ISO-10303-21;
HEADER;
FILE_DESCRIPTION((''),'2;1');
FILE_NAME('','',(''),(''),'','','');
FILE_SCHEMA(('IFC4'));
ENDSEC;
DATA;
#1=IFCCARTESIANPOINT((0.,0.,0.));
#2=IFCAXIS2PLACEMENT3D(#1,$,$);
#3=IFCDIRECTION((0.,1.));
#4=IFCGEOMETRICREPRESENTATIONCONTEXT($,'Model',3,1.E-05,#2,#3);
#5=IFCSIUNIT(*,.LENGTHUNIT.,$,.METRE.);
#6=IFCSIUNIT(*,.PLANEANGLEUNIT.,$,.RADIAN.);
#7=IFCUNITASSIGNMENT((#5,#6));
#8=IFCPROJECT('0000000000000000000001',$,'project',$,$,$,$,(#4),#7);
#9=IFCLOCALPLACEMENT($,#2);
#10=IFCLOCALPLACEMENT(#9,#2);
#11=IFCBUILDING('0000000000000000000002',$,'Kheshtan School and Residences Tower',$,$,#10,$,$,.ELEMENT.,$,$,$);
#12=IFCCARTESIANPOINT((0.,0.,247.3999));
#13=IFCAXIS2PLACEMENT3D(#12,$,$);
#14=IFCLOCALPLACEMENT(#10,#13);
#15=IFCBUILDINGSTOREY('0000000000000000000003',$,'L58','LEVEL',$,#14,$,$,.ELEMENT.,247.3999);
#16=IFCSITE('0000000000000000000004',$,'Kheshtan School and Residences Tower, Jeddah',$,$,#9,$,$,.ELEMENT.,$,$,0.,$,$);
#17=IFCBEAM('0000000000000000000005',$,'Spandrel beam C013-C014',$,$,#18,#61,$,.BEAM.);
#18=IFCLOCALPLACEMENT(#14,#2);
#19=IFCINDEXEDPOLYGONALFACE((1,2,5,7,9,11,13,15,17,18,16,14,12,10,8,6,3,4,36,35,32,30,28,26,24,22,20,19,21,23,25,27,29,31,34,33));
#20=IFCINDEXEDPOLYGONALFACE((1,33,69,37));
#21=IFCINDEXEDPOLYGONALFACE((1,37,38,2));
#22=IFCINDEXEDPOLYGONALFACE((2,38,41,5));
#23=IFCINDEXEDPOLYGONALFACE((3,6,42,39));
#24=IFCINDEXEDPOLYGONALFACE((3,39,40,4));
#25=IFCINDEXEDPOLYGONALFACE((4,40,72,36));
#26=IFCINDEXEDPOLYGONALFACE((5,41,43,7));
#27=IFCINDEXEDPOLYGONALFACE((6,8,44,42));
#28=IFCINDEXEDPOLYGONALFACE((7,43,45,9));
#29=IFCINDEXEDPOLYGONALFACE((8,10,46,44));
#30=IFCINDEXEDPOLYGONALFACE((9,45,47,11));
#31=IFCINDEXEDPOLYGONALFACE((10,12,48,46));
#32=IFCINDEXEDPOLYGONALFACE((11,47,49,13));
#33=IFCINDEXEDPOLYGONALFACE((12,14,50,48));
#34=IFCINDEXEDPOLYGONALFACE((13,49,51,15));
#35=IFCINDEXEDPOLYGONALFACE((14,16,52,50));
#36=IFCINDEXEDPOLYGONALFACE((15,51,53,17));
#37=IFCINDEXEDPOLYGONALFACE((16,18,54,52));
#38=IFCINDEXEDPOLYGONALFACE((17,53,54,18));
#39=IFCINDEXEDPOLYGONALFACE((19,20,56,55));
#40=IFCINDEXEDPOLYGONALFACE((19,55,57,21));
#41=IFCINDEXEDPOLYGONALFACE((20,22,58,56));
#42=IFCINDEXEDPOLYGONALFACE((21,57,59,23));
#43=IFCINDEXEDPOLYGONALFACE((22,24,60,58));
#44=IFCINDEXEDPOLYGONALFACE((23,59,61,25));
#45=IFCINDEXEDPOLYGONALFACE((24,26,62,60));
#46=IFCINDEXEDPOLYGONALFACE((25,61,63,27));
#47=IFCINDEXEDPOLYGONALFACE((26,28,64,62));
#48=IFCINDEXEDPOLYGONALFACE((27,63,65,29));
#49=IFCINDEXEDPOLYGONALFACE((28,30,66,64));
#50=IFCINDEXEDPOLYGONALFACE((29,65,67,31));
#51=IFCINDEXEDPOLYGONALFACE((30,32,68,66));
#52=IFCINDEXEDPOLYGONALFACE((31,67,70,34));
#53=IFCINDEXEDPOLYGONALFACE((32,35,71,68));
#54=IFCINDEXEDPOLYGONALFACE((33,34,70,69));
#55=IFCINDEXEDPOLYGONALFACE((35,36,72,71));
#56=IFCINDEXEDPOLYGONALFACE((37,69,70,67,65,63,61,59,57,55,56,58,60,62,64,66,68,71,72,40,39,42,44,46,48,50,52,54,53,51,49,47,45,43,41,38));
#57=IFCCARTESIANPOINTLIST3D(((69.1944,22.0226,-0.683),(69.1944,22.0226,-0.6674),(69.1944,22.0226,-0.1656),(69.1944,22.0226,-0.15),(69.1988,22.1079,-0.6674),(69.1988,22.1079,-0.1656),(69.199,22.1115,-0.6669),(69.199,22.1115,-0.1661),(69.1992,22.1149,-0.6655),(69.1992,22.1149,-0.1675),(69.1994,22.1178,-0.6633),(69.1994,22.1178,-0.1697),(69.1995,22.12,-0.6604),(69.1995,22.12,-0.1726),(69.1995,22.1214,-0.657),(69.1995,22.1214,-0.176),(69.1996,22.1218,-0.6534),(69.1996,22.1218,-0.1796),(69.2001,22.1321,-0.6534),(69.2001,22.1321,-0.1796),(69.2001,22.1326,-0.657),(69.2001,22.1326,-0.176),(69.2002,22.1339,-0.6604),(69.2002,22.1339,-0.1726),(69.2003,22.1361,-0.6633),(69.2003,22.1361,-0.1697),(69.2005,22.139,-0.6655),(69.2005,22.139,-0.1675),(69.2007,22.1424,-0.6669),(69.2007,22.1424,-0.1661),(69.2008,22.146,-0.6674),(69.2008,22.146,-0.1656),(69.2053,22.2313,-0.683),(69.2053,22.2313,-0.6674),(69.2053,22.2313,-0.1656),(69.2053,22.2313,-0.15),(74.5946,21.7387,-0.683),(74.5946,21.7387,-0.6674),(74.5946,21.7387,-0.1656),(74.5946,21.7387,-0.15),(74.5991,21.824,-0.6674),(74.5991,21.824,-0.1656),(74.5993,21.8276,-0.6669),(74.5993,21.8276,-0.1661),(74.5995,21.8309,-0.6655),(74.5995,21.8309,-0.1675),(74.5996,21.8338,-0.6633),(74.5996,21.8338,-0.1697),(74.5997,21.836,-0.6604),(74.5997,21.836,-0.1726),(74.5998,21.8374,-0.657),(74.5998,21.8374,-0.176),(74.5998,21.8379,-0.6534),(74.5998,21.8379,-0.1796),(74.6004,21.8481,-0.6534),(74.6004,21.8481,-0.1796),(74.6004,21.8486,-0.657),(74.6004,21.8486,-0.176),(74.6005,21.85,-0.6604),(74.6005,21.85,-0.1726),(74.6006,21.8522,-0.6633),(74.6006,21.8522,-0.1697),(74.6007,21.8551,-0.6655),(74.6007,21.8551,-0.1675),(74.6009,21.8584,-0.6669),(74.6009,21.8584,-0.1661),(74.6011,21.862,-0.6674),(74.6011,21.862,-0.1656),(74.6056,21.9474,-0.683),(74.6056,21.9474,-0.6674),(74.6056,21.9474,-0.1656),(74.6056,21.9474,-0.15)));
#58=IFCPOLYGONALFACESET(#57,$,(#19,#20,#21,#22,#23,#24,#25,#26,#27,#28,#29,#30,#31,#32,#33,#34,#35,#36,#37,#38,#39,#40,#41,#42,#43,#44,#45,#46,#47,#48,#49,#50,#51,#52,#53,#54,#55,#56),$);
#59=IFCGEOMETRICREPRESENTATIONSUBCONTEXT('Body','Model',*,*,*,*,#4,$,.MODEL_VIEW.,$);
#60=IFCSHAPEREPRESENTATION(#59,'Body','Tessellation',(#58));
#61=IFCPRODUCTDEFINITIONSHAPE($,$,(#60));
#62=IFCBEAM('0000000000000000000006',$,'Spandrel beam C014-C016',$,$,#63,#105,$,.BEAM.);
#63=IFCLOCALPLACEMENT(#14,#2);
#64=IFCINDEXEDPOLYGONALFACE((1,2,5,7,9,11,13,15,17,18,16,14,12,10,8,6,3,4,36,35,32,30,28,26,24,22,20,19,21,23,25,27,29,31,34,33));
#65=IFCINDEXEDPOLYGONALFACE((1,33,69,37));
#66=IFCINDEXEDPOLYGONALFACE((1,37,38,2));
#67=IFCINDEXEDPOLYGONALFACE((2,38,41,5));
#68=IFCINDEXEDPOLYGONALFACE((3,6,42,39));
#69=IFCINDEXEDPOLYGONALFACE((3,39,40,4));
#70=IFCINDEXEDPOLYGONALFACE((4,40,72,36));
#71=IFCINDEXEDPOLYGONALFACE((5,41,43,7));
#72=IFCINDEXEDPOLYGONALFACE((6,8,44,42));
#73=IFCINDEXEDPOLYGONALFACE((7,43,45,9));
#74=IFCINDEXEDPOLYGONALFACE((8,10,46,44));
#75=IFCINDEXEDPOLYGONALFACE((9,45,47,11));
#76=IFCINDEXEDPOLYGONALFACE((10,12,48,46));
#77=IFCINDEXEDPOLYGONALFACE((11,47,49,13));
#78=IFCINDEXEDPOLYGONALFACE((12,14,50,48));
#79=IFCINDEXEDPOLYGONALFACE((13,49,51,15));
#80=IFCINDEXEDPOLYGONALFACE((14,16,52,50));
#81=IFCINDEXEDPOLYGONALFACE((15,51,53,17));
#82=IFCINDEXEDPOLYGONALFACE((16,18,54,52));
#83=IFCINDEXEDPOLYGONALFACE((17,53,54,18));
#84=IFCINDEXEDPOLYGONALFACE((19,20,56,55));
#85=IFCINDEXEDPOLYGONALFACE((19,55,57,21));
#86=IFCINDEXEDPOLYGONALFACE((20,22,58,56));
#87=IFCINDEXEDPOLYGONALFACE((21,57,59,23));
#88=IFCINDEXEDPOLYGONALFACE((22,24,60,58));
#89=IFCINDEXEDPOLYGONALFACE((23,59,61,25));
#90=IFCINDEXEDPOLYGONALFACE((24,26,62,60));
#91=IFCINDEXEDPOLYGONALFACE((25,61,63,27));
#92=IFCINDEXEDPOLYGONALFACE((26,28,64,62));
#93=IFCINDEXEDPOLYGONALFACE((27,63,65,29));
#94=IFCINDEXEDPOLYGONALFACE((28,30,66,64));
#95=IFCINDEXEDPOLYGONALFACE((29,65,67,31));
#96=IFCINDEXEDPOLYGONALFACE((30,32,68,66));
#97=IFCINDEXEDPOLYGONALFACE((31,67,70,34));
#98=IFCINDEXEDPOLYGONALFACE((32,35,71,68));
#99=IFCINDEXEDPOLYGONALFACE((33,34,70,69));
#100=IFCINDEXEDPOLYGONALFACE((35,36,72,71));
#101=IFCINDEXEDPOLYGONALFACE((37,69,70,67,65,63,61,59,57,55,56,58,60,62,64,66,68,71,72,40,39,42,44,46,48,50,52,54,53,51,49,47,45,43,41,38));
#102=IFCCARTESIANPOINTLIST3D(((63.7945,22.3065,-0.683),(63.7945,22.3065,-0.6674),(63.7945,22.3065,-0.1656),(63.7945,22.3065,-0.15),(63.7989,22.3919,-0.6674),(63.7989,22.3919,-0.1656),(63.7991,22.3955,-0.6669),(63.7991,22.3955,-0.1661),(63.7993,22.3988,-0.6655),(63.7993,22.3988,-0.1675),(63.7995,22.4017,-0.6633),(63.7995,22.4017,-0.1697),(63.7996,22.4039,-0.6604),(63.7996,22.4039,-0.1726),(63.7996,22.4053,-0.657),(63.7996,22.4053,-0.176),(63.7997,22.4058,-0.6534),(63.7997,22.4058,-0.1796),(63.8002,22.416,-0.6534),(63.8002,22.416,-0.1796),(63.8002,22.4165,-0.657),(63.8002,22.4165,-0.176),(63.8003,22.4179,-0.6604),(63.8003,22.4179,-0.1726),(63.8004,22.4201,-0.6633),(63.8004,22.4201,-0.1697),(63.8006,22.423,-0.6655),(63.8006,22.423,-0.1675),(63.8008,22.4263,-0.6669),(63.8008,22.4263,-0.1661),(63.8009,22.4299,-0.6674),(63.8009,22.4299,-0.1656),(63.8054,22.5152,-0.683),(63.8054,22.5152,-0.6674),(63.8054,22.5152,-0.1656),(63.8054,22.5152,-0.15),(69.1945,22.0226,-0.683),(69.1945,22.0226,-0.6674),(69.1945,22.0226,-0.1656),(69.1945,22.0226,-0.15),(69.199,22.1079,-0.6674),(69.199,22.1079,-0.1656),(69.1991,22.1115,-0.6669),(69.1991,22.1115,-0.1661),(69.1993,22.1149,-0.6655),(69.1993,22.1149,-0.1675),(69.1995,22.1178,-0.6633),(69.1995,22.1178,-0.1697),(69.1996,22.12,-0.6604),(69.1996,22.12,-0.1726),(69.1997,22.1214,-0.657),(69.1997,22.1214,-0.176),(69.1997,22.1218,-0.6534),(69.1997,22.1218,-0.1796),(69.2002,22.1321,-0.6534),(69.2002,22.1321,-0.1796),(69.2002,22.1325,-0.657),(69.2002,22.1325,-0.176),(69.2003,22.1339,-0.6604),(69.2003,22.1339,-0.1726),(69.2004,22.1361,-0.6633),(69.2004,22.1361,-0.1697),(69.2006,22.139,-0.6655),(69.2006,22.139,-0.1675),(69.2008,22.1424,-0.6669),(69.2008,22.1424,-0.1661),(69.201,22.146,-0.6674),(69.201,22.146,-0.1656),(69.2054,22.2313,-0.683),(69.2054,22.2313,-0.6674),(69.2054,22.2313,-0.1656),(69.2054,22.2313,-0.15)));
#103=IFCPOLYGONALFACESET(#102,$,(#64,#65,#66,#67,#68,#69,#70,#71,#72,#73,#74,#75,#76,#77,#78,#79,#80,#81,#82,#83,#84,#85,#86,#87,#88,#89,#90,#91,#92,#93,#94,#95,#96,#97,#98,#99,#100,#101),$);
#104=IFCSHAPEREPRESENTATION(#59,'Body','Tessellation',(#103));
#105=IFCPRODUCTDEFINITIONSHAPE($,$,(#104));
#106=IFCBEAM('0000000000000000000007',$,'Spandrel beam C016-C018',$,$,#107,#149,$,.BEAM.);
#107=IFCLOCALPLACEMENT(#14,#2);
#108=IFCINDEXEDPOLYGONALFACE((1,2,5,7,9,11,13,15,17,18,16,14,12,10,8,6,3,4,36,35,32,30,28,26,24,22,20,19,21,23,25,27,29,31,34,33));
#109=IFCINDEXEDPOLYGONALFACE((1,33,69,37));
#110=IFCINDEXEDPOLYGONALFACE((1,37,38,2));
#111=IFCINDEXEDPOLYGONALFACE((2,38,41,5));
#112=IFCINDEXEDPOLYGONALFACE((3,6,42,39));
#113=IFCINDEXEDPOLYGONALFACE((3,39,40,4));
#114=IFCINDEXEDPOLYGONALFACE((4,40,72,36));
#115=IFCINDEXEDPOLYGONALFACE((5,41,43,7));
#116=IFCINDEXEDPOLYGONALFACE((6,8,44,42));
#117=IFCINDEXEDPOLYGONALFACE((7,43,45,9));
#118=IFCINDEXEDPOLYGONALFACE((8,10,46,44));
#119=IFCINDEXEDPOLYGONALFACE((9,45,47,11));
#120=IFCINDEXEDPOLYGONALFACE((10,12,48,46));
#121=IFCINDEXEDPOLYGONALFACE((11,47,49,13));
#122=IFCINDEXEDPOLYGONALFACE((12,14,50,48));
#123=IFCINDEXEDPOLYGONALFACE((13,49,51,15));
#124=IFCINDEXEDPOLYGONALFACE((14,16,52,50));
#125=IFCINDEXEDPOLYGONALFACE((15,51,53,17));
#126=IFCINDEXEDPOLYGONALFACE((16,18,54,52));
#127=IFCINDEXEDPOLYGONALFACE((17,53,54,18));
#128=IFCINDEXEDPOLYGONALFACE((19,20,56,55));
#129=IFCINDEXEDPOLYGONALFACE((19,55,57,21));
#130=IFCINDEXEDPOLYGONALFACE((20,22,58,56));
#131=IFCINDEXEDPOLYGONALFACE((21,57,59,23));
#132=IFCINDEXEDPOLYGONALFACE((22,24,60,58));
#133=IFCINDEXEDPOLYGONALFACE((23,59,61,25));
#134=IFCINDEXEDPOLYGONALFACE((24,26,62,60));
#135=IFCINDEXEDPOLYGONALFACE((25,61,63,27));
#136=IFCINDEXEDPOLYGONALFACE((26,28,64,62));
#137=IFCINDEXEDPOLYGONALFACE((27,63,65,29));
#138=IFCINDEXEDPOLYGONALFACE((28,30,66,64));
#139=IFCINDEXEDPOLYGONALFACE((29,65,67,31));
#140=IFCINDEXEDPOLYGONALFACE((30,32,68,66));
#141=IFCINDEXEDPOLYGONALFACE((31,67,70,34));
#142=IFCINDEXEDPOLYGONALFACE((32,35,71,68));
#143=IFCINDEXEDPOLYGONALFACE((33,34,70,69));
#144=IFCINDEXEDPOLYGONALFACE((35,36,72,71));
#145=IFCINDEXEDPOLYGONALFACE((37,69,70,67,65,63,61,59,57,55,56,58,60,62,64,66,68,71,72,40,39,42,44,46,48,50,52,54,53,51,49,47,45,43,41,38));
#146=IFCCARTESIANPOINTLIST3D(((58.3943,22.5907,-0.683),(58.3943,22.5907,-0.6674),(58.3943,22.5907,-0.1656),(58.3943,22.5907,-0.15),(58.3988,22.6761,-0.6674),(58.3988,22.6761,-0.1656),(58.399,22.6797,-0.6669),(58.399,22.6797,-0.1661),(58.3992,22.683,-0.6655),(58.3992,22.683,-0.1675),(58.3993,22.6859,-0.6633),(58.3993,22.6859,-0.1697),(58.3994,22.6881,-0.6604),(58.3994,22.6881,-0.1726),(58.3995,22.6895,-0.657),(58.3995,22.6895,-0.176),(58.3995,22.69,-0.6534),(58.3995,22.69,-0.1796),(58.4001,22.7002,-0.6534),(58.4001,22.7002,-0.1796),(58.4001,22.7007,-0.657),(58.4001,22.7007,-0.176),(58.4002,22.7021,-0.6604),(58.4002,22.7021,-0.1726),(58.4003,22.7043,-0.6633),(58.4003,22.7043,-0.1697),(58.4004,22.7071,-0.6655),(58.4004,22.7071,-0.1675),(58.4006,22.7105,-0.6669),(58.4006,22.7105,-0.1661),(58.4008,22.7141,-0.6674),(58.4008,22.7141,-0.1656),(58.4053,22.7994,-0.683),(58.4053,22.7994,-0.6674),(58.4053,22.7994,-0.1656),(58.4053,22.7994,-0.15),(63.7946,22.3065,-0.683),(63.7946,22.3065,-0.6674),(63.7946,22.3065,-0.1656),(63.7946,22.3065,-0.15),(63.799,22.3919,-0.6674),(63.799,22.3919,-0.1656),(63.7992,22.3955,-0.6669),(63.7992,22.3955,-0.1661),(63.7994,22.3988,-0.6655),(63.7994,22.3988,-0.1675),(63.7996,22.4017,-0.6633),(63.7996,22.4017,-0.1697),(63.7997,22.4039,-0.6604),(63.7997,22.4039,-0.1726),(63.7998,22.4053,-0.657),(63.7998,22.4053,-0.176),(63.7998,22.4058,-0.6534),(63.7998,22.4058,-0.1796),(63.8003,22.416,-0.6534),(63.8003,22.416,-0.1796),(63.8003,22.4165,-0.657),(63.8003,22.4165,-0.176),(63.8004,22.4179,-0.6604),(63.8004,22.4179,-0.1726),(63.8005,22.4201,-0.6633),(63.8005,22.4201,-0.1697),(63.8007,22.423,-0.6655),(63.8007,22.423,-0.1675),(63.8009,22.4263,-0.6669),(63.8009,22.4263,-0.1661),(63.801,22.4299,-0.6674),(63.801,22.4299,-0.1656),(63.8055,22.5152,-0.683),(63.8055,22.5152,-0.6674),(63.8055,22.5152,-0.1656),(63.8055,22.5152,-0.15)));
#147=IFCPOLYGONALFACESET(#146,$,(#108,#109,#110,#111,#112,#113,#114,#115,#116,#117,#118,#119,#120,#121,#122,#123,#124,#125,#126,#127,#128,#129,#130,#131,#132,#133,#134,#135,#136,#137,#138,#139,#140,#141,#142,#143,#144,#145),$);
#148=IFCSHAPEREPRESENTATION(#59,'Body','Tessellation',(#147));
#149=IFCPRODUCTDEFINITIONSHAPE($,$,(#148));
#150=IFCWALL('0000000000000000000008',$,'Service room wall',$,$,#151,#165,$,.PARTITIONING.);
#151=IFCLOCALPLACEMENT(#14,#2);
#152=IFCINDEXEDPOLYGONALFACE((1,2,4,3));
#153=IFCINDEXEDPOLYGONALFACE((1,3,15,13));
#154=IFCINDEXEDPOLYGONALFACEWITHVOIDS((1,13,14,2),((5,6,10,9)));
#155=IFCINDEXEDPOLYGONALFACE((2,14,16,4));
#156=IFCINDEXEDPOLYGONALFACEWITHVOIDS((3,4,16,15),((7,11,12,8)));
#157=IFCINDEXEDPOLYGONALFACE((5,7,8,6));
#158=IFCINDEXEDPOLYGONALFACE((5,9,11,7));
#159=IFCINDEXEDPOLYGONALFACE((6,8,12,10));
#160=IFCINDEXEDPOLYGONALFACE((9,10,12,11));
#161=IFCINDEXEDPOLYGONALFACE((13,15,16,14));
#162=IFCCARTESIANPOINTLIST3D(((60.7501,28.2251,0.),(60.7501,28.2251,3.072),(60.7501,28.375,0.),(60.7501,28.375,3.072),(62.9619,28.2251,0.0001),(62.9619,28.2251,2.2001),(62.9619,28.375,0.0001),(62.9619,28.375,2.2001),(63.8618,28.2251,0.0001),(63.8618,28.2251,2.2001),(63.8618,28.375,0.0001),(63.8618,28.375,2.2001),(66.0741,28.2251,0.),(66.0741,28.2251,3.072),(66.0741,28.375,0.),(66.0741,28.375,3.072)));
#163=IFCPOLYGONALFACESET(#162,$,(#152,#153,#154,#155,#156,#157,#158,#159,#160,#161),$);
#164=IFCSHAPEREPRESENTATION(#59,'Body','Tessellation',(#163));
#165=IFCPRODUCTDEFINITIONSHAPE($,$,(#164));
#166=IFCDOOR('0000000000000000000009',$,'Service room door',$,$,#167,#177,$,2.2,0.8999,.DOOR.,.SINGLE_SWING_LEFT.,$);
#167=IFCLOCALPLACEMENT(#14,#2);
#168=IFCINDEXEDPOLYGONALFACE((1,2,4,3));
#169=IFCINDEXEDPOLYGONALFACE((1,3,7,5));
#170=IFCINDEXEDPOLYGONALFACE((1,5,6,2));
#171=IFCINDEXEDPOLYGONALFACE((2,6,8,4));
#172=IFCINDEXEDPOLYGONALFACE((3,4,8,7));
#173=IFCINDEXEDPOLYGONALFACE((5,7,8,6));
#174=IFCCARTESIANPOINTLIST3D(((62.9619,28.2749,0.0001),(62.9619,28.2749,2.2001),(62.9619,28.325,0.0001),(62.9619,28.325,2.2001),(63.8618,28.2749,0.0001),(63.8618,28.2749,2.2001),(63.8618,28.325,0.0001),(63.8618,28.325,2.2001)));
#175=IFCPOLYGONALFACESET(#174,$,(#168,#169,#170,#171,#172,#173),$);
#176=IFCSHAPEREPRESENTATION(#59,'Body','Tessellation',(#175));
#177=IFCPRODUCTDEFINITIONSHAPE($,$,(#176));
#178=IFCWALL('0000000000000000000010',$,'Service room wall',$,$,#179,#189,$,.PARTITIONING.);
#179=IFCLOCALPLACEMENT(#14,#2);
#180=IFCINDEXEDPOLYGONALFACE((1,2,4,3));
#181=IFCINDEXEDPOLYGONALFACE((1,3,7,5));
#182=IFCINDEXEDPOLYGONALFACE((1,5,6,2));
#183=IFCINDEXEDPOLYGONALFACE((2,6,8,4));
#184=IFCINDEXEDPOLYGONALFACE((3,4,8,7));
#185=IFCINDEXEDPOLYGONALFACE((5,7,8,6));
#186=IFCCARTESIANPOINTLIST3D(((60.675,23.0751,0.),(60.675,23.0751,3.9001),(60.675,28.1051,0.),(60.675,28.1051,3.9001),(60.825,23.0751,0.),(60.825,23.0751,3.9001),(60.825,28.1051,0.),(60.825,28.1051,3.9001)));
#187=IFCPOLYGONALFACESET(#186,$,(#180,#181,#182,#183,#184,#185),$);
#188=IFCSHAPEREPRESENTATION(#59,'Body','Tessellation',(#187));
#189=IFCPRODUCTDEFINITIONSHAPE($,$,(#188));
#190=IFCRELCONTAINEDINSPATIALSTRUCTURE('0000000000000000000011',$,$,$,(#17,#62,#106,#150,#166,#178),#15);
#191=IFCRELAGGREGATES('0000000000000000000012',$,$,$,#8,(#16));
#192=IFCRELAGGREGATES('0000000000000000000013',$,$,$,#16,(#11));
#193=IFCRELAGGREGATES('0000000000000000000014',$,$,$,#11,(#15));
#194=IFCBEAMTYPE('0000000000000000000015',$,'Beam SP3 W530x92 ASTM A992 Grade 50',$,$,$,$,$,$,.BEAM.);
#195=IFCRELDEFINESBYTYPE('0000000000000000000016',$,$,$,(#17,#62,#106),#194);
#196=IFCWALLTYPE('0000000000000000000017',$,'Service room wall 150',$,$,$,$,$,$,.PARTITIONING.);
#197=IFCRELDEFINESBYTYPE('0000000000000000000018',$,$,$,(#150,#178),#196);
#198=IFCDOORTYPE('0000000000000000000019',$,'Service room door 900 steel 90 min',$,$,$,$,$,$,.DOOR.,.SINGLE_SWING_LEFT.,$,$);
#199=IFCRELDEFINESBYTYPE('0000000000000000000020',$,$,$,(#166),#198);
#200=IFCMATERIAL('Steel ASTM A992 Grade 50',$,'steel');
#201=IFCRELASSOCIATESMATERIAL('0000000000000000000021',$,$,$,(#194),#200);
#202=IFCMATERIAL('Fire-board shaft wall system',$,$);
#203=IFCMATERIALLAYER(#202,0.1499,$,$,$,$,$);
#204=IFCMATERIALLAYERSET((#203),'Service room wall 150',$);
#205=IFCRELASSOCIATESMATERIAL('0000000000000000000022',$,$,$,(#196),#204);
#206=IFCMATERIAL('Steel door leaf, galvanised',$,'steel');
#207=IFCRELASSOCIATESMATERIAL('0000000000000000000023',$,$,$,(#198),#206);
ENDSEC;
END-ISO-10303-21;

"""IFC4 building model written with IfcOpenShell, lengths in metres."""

from ifc_helpers import new_model, si_unit, direction, frame, frame_2d, origin, origin_2d, place, context, subcontext, project, spatial, rectangle, i_section, extrude, source, transform, mapped, material, layer, layer_set, material_profile, profile_set, type_object, element, fill, save


model = new_model("IFC4")

# Units and contexts
model_context = context("Model", 3, precision=1e-05, world=origin(), true_north=direction((0.0, 1.0)))
body_context = subcontext(model_context, "Body", "Model", "MODEL_VIEW")
ifc_project = project(units=[si_unit("LENGTHUNIT", "METRE"), si_unit("PLANEANGLEUNIT", "RADIAN")], contexts=[model_context])

# Site, building, storey
site_placement = place(None, origin())
site = spatial("IfcSite", under=ifc_project, at=site_placement, Name="Kheshtan School and Residences Tower, Jeddah", CompositionType="ELEMENT", RefElevation=0.0)
building_placement = place(site_placement, origin())
building = spatial("IfcBuilding", under=site, at=building_placement, Name="Kheshtan School and Residences Tower", CompositionType="ELEMENT")
storey_placement = place(building_placement, frame((0.0, 0.0, 247.3999)))
storey = spatial("IfcBuildingStorey", under=building, at=storey_placement, Name="L58", Description="LEVEL", CompositionType="ELEMENT", Elevation=247.3999)

# Shared definitions
ifc_material_1 = material(Name="Steel ASTM A992 Grade 50", Category="steel")

# Beams
ifc_material_profile_1 = material_profile(ifc_material_1, i_section(OverallWidth=0.209, OverallDepth=0.533, WebThickness=0.0103, FlangeThickness=0.0156, FilletRadius=0.0139, at=origin_2d()), Name="W530x92")
ifc_profile_set_1 = profile_set([ifc_material_profile_1], Name="Steel ASTM A992 Grade 50")
beam_type_1 = type_object("IfcBeamType", Name="Beam SP3 W530x92 ASTM A992 Grade 50", PredefinedType="BEAM", material=ifc_profile_set_1)
beam_1_placement = place(storey_placement, frame((74.6001, 21.843, -0.4165), z_axis=(-0.998621, 0.052507, 0.0), x_axis=(-0.052507, -0.998621, 0.0)))
element("IfcBeam", 1, at=beam_1_placement, inside=storey, type_object=beam_type_1, Name="Spandrel beam C013-C014", PredefinedType="BEAM", context=body_context, shape_type="SweptSolid", body=[
    extrude(i_section(OverallWidth=0.209, OverallDepth=0.533, WebThickness=0.0103, FlangeThickness=0.0156, FilletRadius=0.0139, at=origin_2d()), origin(), (0.0, 0.0, 1.0), 5.4077),
])
beam_2_placement = place(storey_placement, frame((69.2, 22.127, -0.4165), z_axis=(-0.99862, 0.052509, 0.0), x_axis=(-0.052509, -0.99862, 0.0)))
element("IfcBeam", 2, at=beam_2_placement, inside=storey, type_object=beam_type_1, Name="Spandrel beam C014-C016", PredefinedType="BEAM", context=body_context, shape_type="SweptSolid", body=[
    extrude(i_section(OverallWidth=0.209, OverallDepth=0.533, WebThickness=0.0103, FlangeThickness=0.0156, FilletRadius=0.0139, at=origin_2d()), origin(), (0.0, 0.0, 1.0), 5.4075),
])
beam_3_placement = place(storey_placement, frame((63.8, 22.4109, -0.4165), z_axis=(-0.998618, 0.052552, 0.0), x_axis=(-0.052552, -0.998618, 0.0)))
element("IfcBeam", 3, at=beam_3_placement, inside=storey, type_object=beam_type_1, Name="Spandrel beam C016-C018", PredefinedType="BEAM", context=body_context, shape_type="SweptSolid", body=[
    extrude(i_section(OverallWidth=0.209, OverallDepth=0.533, WebThickness=0.0103, FlangeThickness=0.0156, FilletRadius=0.0139, at=origin_2d()), origin(), (0.0, 0.0, 1.0), 5.4077),
])

# Wall, opening, door
ifc_material_2 = material(Name="Fire-board shaft wall system")
ifc_layer_1 = layer(ifc_material_2, 0.1499)
ifc_layer_set_1 = layer_set([ifc_layer_1], Name="Service room wall 150")
wall_type_1 = type_object("IfcWallType", Name="Service room wall 150", PredefinedType="PARTITIONING", material=ifc_layer_set_1)
wall_1_placement = place(storey_placement, frame((60.75, 28.3, 0.0), z_axis=(0.0, 0.0, 1.0), x_axis=(1.0, 0.0, 0.0)))
wall_1 = element("IfcWall", 4, at=wall_1_placement, inside=storey, type_object=wall_type_1, Name="Service room wall", PredefinedType="PARTITIONING", context=body_context, shape_type="SweptSolid", body=[
    extrude(rectangle(XDim=5.324, YDim=0.1499, at=frame_2d((2.6621, 0.0))), origin(), (0.0, 0.0, 1.0), 3.072),
])
opening_1_placement = place(wall_1_placement, frame((2.2119, 0.0, 0.0)))
opening_1 = element("IfcOpeningElement", 5, at=opening_1_placement, cuts=wall_1, PredefinedType="OPENING", context=body_context, shape_type="SweptSolid", body=[
    extrude(rectangle(XDim=0.8999, YDim=2.2, at=frame_2d((0.45, 1.1001))), frame((0.0, 0.085, 0.0), z_axis=(0.0, -1.0, 0.0), x_axis=(1.0, 0.0, 0.0)), (0.0, 0.0, 1.0), 0.1699),
])
ifc_material_3 = material(Name="Steel door leaf, galvanised", Category="steel")
door_type_1 = type_object("IfcDoorType", Name="Service room door 900 steel 90 min", OperationType="SINGLE_SWING_LEFT", PredefinedType="DOOR", material=ifc_material_3)
shared_shape_1 = source(origin(), body_context, "Body", "SweptSolid", [
    extrude(rectangle(XDim=0.8999, YDim=2.2, at=frame_2d((0.45, 1.1001))), frame((0.0, 0.0249, 0.0), z_axis=(0.0, -1.0, 0.0), x_axis=(1.0, 0.0, 0.0)), (0.0, 0.0, 1.0), 0.05),
])
door_1_placement = place(opening_1_placement, origin())
door_1 = element("IfcDoor", 6, at=door_1_placement, inside=storey, type_object=door_type_1, Name="Service room door", OperationType="SINGLE_SWING_LEFT", OverallHeight=2.2, OverallWidth=0.8999, PredefinedType="DOOR", context=body_context, shape_type="MappedRepresentation", body=[
    mapped(shared_shape_1, transform((0.0, 0.0, 0.0), x_axis=(1.0, 0.0, 0.0), y_axis=(0.0, 1.0, 0.0), z_axis=(0.0, 0.0, 1.0), scale=1.0)),
])
fill(opening_1, door_1)

# Wall
wall_2_placement = place(storey_placement, frame((60.75, 23.075, 0.0), z_axis=(0.0, 0.0, 1.0), x_axis=(0.0, 1.0, 0.0)))
element("IfcWall", 7, at=wall_2_placement, inside=storey, type_object=wall_type_1, Name="Service room wall", PredefinedType="PARTITIONING", context=body_context, shape_type="SweptSolid", body=[
    extrude(rectangle(XDim=5.03, YDim=0.1499, at=frame_2d((2.5151, 0.0))), origin(), (0.0, 0.0, 1.0), 3.9001),
])

save(model, "model.ifc")
